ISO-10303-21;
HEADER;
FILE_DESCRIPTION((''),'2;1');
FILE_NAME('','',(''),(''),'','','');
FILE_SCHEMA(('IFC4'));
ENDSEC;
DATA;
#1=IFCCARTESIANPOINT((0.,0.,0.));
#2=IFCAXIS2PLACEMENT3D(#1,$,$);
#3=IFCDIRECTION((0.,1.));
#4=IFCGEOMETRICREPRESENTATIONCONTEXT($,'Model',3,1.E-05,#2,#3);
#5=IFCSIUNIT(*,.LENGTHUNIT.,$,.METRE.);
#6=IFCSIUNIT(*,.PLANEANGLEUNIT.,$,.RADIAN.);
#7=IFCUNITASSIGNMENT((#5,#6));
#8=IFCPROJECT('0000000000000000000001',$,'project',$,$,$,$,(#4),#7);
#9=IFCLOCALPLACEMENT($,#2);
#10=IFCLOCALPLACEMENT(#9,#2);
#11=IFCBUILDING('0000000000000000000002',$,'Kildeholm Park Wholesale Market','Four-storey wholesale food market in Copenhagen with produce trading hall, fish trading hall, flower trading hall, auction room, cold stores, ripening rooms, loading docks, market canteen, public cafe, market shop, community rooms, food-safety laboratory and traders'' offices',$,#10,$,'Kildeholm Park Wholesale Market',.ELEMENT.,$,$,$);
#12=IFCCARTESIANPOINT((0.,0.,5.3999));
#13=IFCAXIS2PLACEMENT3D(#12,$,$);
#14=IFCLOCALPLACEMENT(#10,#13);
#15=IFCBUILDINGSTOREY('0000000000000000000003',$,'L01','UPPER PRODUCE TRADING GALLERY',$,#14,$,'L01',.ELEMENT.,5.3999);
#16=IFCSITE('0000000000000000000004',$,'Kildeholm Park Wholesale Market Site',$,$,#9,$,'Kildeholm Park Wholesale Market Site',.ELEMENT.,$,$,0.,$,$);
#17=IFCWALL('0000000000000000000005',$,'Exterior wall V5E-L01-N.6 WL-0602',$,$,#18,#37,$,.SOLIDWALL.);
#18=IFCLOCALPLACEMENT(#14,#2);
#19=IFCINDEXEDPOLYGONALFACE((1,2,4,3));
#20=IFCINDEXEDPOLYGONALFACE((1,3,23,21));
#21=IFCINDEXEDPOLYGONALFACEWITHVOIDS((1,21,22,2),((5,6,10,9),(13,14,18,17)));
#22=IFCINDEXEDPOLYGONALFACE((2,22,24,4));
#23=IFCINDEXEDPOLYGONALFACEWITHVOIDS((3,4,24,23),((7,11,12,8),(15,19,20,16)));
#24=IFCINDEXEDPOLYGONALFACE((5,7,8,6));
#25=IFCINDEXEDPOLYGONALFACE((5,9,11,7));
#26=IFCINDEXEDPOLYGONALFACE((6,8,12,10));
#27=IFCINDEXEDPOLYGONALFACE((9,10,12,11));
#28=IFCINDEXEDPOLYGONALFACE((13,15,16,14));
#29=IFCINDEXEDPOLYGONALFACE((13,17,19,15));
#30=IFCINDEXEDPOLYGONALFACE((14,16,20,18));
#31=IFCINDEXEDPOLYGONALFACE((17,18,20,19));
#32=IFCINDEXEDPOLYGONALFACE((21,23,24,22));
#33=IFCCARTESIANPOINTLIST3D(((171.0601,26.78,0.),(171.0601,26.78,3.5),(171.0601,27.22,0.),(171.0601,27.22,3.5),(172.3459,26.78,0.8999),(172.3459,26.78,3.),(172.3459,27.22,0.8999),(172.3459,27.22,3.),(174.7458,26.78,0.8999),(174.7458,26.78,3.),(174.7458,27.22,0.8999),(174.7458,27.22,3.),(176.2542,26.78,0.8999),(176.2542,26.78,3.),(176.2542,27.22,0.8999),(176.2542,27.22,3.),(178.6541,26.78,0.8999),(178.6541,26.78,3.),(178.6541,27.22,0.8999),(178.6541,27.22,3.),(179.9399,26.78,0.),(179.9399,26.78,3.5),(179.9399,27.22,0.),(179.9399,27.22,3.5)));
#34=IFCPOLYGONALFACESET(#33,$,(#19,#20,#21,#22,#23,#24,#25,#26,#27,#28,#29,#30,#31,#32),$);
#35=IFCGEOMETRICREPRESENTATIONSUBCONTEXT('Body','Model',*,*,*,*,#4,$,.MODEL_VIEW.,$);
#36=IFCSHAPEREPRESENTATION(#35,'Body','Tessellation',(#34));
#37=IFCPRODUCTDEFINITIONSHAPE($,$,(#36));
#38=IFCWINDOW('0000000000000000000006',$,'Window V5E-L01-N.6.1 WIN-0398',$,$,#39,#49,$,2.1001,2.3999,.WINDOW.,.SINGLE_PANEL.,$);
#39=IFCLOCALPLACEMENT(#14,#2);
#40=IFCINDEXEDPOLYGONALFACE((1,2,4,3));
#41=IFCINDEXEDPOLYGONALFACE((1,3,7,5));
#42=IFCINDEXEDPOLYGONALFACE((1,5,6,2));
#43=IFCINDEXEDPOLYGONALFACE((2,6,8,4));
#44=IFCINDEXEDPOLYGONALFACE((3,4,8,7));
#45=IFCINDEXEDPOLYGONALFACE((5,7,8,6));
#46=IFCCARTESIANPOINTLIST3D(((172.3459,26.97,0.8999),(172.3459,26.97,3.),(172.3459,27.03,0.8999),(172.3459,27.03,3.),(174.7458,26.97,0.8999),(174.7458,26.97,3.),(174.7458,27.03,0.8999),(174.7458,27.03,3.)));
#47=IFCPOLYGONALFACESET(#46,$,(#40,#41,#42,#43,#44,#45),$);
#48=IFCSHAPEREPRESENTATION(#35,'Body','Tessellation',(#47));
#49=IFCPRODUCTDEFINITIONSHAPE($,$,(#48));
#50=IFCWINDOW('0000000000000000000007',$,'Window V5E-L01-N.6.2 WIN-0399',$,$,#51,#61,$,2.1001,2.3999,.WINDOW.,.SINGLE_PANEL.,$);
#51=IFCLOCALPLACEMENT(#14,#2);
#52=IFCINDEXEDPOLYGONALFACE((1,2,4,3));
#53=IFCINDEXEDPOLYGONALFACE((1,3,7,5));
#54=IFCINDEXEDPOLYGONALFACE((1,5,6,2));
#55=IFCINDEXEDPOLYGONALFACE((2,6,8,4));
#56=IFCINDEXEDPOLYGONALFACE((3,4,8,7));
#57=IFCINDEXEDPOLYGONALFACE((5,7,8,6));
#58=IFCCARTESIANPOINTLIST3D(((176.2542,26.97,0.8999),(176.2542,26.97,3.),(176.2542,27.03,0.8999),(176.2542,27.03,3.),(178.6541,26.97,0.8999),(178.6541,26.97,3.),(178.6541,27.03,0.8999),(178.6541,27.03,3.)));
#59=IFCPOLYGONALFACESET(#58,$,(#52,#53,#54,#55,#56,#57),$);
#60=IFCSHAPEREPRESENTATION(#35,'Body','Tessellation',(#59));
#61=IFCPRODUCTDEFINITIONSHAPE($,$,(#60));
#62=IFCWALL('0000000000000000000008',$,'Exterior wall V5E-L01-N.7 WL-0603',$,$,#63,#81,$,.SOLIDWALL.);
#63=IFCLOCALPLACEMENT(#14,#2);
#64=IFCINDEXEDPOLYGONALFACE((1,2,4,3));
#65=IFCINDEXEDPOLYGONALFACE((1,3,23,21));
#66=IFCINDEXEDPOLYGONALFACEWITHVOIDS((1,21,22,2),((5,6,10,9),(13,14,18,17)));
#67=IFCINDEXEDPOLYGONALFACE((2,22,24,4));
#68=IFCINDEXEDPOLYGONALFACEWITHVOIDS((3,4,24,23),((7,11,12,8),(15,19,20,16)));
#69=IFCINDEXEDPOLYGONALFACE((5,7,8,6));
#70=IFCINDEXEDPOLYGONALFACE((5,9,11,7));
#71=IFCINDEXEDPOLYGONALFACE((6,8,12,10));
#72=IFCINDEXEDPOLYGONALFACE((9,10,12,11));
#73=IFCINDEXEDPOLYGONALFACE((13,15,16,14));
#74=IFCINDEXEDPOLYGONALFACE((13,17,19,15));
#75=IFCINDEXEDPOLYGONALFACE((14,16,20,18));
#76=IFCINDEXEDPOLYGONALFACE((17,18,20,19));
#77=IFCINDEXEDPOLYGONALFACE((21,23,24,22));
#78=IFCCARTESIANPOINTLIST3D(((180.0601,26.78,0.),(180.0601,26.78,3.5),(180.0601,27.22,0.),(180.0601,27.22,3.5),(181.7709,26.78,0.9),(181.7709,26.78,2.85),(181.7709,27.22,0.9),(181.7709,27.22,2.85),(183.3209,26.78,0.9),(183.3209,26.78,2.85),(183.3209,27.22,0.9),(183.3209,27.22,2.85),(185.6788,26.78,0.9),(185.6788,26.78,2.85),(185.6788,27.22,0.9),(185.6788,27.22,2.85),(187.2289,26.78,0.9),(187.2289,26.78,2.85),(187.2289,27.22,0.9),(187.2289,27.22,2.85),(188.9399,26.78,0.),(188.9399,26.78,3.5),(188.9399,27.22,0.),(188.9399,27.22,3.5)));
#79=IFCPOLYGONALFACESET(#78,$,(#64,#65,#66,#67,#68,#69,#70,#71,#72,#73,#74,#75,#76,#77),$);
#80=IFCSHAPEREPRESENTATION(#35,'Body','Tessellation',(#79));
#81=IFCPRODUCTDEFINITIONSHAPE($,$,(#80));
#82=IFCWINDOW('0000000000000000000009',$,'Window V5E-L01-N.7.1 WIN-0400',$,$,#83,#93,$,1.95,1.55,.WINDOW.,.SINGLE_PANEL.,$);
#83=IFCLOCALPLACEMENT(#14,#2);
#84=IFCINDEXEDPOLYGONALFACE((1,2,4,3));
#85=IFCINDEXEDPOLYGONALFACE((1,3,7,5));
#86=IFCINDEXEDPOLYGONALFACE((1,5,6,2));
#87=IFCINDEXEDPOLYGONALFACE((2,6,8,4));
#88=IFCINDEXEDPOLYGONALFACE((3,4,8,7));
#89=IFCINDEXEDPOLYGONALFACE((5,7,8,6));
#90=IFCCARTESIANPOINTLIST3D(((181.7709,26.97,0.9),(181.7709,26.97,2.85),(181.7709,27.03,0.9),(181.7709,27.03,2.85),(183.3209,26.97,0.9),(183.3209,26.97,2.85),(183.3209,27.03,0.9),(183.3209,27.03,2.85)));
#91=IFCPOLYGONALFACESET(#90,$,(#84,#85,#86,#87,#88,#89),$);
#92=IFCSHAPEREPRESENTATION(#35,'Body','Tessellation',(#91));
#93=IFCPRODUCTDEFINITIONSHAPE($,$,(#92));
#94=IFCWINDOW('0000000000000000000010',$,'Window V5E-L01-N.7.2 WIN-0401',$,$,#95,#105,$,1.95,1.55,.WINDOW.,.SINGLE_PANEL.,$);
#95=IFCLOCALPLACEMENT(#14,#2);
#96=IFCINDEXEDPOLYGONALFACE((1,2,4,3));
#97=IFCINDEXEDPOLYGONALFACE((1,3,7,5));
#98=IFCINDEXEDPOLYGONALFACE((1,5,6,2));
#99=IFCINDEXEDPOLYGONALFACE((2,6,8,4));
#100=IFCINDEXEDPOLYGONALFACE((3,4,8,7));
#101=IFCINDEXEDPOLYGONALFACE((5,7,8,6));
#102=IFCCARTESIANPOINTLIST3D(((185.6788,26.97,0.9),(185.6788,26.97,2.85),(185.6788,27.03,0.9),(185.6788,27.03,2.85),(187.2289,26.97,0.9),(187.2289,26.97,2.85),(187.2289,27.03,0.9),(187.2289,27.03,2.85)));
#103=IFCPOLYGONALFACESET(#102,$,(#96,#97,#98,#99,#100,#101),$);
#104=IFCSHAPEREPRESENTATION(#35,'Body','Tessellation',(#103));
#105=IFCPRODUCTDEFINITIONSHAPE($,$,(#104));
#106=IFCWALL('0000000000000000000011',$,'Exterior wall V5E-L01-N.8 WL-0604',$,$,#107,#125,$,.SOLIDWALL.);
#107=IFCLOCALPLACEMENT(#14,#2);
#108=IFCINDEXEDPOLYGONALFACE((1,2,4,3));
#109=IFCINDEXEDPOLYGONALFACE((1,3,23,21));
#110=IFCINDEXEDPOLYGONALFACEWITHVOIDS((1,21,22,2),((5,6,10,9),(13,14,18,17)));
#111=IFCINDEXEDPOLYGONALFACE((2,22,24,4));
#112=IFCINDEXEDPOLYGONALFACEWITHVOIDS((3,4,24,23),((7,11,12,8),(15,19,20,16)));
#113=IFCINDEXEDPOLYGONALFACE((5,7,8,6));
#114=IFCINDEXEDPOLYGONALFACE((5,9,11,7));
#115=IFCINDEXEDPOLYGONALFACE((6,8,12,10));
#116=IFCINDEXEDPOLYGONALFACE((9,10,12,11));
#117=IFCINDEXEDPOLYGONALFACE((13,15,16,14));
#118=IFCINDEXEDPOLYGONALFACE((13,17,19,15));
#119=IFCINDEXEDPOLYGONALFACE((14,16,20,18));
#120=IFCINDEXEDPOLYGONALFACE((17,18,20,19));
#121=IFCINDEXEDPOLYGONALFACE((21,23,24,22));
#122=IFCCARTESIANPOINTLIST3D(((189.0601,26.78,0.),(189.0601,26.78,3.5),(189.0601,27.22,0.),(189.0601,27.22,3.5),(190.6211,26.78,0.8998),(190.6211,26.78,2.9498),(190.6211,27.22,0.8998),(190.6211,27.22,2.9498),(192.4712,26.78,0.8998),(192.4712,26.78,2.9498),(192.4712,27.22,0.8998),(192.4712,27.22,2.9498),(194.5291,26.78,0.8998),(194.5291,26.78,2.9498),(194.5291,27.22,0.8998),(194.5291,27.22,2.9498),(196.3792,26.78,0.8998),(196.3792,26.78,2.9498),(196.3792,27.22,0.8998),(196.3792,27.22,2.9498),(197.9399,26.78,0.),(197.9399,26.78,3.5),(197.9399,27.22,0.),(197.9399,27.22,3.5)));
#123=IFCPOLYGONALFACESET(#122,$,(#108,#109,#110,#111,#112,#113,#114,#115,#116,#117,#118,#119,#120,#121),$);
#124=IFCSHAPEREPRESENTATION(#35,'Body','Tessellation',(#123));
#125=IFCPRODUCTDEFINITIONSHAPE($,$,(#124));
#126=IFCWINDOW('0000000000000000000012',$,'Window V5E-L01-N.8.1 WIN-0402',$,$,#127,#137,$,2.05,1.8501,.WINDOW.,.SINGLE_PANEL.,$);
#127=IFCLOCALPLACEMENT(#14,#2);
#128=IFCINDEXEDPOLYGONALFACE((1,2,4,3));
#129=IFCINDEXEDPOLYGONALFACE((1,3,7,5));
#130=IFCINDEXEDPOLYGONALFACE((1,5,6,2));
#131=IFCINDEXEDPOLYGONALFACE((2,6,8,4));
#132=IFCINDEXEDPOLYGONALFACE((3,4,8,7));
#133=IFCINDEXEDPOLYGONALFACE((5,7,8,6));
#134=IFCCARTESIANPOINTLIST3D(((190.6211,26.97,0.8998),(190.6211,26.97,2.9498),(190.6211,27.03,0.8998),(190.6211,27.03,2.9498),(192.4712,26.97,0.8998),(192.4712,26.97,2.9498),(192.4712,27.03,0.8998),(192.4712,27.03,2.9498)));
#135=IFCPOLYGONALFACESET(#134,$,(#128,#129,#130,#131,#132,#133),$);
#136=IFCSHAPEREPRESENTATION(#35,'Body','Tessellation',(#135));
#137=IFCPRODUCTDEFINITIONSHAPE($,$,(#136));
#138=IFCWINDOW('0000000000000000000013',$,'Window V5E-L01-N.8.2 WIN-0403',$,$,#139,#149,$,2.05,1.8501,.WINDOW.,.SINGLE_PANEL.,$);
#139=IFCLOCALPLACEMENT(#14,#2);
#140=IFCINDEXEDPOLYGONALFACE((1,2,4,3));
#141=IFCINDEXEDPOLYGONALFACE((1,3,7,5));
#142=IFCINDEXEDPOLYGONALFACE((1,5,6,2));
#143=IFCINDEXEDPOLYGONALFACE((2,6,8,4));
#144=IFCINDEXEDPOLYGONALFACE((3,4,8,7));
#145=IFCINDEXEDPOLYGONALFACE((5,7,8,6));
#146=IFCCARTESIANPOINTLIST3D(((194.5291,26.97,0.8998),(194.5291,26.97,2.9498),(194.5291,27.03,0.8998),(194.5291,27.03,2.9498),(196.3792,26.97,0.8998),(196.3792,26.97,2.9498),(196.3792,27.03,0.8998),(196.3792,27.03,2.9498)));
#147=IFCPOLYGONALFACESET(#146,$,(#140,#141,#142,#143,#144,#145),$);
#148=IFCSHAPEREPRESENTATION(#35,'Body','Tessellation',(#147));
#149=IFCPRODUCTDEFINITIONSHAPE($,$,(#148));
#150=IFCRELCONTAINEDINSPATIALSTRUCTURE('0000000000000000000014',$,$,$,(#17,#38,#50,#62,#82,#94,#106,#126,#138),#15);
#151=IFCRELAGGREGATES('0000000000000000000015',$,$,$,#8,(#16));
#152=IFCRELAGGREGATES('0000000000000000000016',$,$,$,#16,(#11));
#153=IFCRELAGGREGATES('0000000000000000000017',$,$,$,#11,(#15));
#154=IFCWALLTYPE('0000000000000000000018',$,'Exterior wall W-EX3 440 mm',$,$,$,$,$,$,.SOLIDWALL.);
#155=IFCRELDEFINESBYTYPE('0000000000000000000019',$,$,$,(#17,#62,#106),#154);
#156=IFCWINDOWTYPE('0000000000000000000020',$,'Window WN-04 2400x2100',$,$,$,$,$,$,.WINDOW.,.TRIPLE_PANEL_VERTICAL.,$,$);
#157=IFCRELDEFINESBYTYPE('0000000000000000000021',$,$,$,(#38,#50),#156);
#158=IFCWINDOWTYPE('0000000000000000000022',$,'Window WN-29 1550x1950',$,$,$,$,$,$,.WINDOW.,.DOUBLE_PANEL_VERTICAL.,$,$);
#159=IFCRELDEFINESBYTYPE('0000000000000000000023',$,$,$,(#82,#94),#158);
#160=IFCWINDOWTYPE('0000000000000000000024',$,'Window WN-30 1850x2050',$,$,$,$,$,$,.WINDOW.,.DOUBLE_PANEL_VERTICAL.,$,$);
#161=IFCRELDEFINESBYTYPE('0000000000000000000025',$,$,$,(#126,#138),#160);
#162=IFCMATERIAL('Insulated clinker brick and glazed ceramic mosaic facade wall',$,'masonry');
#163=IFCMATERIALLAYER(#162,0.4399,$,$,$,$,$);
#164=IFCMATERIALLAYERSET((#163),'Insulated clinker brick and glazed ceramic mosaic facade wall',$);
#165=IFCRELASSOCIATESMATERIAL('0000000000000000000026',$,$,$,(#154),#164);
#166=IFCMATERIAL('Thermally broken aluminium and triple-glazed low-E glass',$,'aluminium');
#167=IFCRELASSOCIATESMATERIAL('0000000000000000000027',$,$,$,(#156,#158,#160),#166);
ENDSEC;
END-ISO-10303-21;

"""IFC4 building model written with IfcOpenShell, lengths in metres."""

from ifc_helpers import new_model, si_unit, direction, frame, frame_2d, origin, place, context, subcontext, project, spatial, rectangle, extrude, material, layer, layer_set, type_object, element, fill, save


model = new_model("IFC4")

# Units and contexts
model_context = context("Model", 3, precision=1e-05, world=origin(), true_north=direction((0.0, 1.0)))
body_context = subcontext(model_context, "Body", "Model", "MODEL_VIEW")
ifc_project = project(units=[si_unit("LENGTHUNIT", "METRE"), si_unit("PLANEANGLEUNIT", "RADIAN")], contexts=[model_context])

# Site, building, storey
site_placement = place(None, origin())
site = spatial("IfcSite", under=ifc_project, at=site_placement, Name="Kildeholm Park Wholesale Market Site", LongName="Kildeholm Park Wholesale Market Site", CompositionType="ELEMENT", RefElevation=0.0)
building_placement = place(site_placement, origin())
building = spatial("IfcBuilding", under=site, at=building_placement, Name="Kildeholm Park Wholesale Market", Description="Four-storey wholesale food market in Copenhagen with produce trading hall, fish trading hall, flower trading hall, auction room, cold stores, ripening rooms, loading docks, market canteen, public cafe, market shop, community rooms, food-safety laboratory and traders' offices", LongName="Kildeholm Park Wholesale Market", CompositionType="ELEMENT")
storey_placement = place(building_placement, frame((0.0, 0.0, 5.3999)))
storey = spatial("IfcBuildingStorey", under=building, at=storey_placement, Name="L01", Description="UPPER PRODUCE TRADING GALLERY", LongName="L01", CompositionType="ELEMENT", Elevation=5.3999)

# Walls, openings, windows
ifc_material_1 = material(Name="Insulated clinker brick and glazed ceramic mosaic facade wall", Category="masonry")
ifc_layer_1 = layer(ifc_material_1, 0.4399)
ifc_layer_set_1 = layer_set([ifc_layer_1], Name="Insulated clinker brick and glazed ceramic mosaic facade wall")
wall_type = type_object("IfcWallType", Name="Exterior wall W-EX3 440 mm", PredefinedType="SOLIDWALL", material=ifc_layer_set_1)
wall_1_placement = place(storey_placement, frame((171.0601, 27.0, 0.0), z_axis=(0.0, 0.0, 1.0), x_axis=(1.0, 0.0, 0.0)))
wall_1 = element("IfcWall", 1, at=wall_1_placement, inside=storey, type_object=wall_type, Name="Exterior wall V5E-L01-N.6 WL-0602", PredefinedType="SOLIDWALL", context=body_context, shape_type="SweptSolid", body=[
    extrude(rectangle(XDim=8.8799, YDim=0.4399, at=frame_2d((4.4399, 0.0))), origin(), (0.0, 0.0, 1.0), 3.5),
])
opening_1_placement = place(wall_1_placement, frame((1.2859, 0.0, 0.8999)))
opening_1 = element("IfcOpeningElement", 2, at=opening_1_placement, cuts=wall_1, PredefinedType="OPENING", context=body_context, shape_type="SweptSolid", body=[
    extrude(rectangle(XDim=2.3999, YDim=2.1001, at=frame_2d((1.2, 1.05))), frame((0.0, 0.23, 0.0), z_axis=(0.0, -1.0, 0.0), x_axis=(1.0, 0.0, 0.0)), (0.0, 0.0, 1.0), 0.46),
])
opening_2_placement = place(wall_1_placement, frame((5.1941, 0.0, 0.8999)))
opening_2 = element("IfcOpeningElement", 3, at=opening_2_placement, cuts=wall_1, PredefinedType="OPENING", context=body_context, shape_type="SweptSolid", body=[
    extrude(rectangle(XDim=2.3999, YDim=2.1001, at=frame_2d((1.2, 1.05))), frame((0.0, 0.23, 0.0), z_axis=(0.0, -1.0, 0.0), x_axis=(1.0, 0.0, 0.0)), (0.0, 0.0, 1.0), 0.46),
])
ifc_material_2 = material(Name="Thermally broken aluminium and triple-glazed low-E glass", Category="aluminium")
window_type_1 = type_object("IfcWindowType", Name="Window WN-04 2400x2100", PartitioningType="TRIPLE_PANEL_VERTICAL", PredefinedType="WINDOW", material=ifc_material_2)
window_1_placement = place(opening_1_placement, origin())
window_1 = element("IfcWindow", 4, at=window_1_placement, inside=storey, type_object=window_type_1, Name="Window V5E-L01-N.6.1 WIN-0398", OverallHeight=2.1001, OverallWidth=2.3999, PartitioningType="SINGLE_PANEL", PredefinedType="WINDOW", context=body_context, shape_type="SweptSolid", body=[
    extrude(rectangle(XDim=2.3999, YDim=2.1001, at=frame_2d((1.2, 1.05))), frame((0.0, 0.03, 0.0), z_axis=(0.0, -1.0, 0.0), x_axis=(1.0, 0.0, 0.0)), (0.0, 0.0, 1.0), 0.0601),
])
fill(opening_1, window_1)
window_2_placement = place(opening_2_placement, origin())
window_2 = element("IfcWindow", 5, at=window_2_placement, inside=storey, type_object=window_type_1, Name="Window V5E-L01-N.6.2 WIN-0399", OverallHeight=2.1001, OverallWidth=2.3999, PartitioningType="SINGLE_PANEL", PredefinedType="WINDOW", context=body_context, shape_type="SweptSolid", body=[
    extrude(rectangle(XDim=2.3999, YDim=2.1001, at=frame_2d((1.2, 1.05))), frame((0.0, 0.03, 0.0), z_axis=(0.0, -1.0, 0.0), x_axis=(1.0, 0.0, 0.0)), (0.0, 0.0, 1.0), 0.0601),
])
fill(opening_2, window_2)
wall_2_placement = place(storey_placement, frame((180.0601, 27.0, 0.0), z_axis=(0.0, 0.0, 1.0), x_axis=(1.0, 0.0, 0.0)))
wall_2 = element("IfcWall", 6, at=wall_2_placement, inside=storey, type_object=wall_type, Name="Exterior wall V5E-L01-N.7 WL-0603", PredefinedType="SOLIDWALL", context=body_context, shape_type="SweptSolid", body=[
    extrude(rectangle(XDim=8.8799, YDim=0.4399, at=frame_2d((4.4399, 0.0))), origin(), (0.0, 0.0, 1.0), 3.5),
])
opening_3_placement = place(wall_2_placement, frame((1.7109, 0.0, 0.8999)))
opening_3 = element("IfcOpeningElement", 7, at=opening_3_placement, cuts=wall_2, PredefinedType="OPENING", context=body_context, shape_type="SweptSolid", body=[
    extrude(rectangle(XDim=1.55, YDim=1.95, at=frame_2d((0.7749, 0.9751))), frame((0.0, 0.23, 0.0), z_axis=(0.0, -1.0, 0.0), x_axis=(1.0, 0.0, 0.0)), (0.0, 0.0, 1.0), 0.46),
])
opening_4_placement = place(wall_2_placement, frame((5.6189, 0.0, 0.8999)))
opening_4 = element("IfcOpeningElement", 8, at=opening_4_placement, cuts=wall_2, PredefinedType="OPENING", context=body_context, shape_type="SweptSolid", body=[
    extrude(rectangle(XDim=1.55, YDim=1.95, at=frame_2d((0.7749, 0.9751))), frame((0.0, 0.23, 0.0), z_axis=(0.0, -1.0, 0.0), x_axis=(1.0, 0.0, 0.0)), (0.0, 0.0, 1.0), 0.46),
])
window_type_2 = type_object("IfcWindowType", Name="Window WN-29 1550x1950", PartitioningType="DOUBLE_PANEL_VERTICAL", PredefinedType="WINDOW", material=ifc_material_2)
window_3_placement = place(opening_3_placement, origin())
window_3 = element("IfcWindow", 9, at=window_3_placement, inside=storey, type_object=window_type_2, Name="Window V5E-L01-N.7.1 WIN-0400", OverallHeight=1.95, OverallWidth=1.55, PartitioningType="SINGLE_PANEL", PredefinedType="WINDOW", context=body_context, shape_type="SweptSolid", body=[
    extrude(rectangle(XDim=1.55, YDim=1.95, at=frame_2d((0.7749, 0.9751))), frame((0.0, 0.03, 0.0), z_axis=(0.0, -1.0, 0.0), x_axis=(1.0, 0.0, 0.0)), (0.0, 0.0, 1.0), 0.0601),
])
fill(opening_3, window_3)
window_4_placement = place(opening_4_placement, origin())
window_4 = element("IfcWindow", 10, at=window_4_placement, inside=storey, type_object=window_type_2, Name="Window V5E-L01-N.7.2 WIN-0401", OverallHeight=1.95, OverallWidth=1.55, PartitioningType="SINGLE_PANEL", PredefinedType="WINDOW", context=body_context, shape_type="SweptSolid", body=[
    extrude(rectangle(XDim=1.55, YDim=1.95, at=frame_2d((0.7749, 0.9751))), frame((0.0, 0.03, 0.0), z_axis=(0.0, -1.0, 0.0), x_axis=(1.0, 0.0, 0.0)), (0.0, 0.0, 1.0), 0.0601),
])
fill(opening_4, window_4)
wall_3_placement = place(storey_placement, frame((189.0601, 27.0, 0.0), z_axis=(0.0, 0.0, 1.0), x_axis=(1.0, 0.0, 0.0)))
wall_3 = element("IfcWall", 11, at=wall_3_placement, inside=storey, type_object=wall_type, Name="Exterior wall V5E-L01-N.8 WL-0604", PredefinedType="SOLIDWALL", context=body_context, shape_type="SweptSolid", body=[
    extrude(rectangle(XDim=8.8799, YDim=0.4399, at=frame_2d((4.4399, 0.0))), origin(), (0.0, 0.0, 1.0), 3.5),
])
opening_5_placement = place(wall_3_placement, frame((1.561, 0.0, 0.8999)))
opening_5 = element("IfcOpeningElement", 12, at=opening_5_placement, cuts=wall_3, PredefinedType="OPENING", context=body_context, shape_type="SweptSolid", body=[
    extrude(rectangle(XDim=1.8501, YDim=2.05, at=frame_2d((0.925, 1.0249))), frame((0.0, 0.23, 0.0), z_axis=(0.0, -1.0, 0.0), x_axis=(1.0, 0.0, 0.0)), (0.0, 0.0, 1.0), 0.46),
])
opening_6_placement = place(wall_3_placement, frame((5.469, 0.0, 0.8999)))
opening_6 = element("IfcOpeningElement", 13, at=opening_6_placement, cuts=wall_3, PredefinedType="OPENING", context=body_context, shape_type="SweptSolid", body=[
    extrude(rectangle(XDim=1.8501, YDim=2.05, at=frame_2d((0.925, 1.0249))), frame((0.0, 0.23, 0.0), z_axis=(0.0, -1.0, 0.0), x_axis=(1.0, 0.0, 0.0)), (0.0, 0.0, 1.0), 0.46),
])
window_type_3 = type_object("IfcWindowType", Name="Window WN-30 1850x2050", PartitioningType="DOUBLE_PANEL_VERTICAL", PredefinedType="WINDOW", material=ifc_material_2)
window_5_placement = place(opening_5_placement, origin())
window_5 = element("IfcWindow", 14, at=window_5_placement, inside=storey, type_object=window_type_3, Name="Window V5E-L01-N.8.1 WIN-0402", OverallHeight=2.05, OverallWidth=1.8501, PartitioningType="SINGLE_PANEL", PredefinedType="WINDOW", context=body_context, shape_type="SweptSolid", body=[
    extrude(rectangle(XDim=1.8501, YDim=2.05, at=frame_2d((0.925, 1.0249))), frame((0.0, 0.03, 0.0), z_axis=(0.0, -1.0, 0.0), x_axis=(1.0, 0.0, 0.0)), (0.0, 0.0, 1.0), 0.0601),
])
fill(opening_5, window_5)
window_6_placement = place(opening_6_placement, origin())
window_6 = element("IfcWindow", 15, at=window_6_placement, inside=storey, type_object=window_type_3, Name="Window V5E-L01-N.8.2 WIN-0403", OverallHeight=2.05, OverallWidth=1.8501, PartitioningType="SINGLE_PANEL", PredefinedType="WINDOW", context=body_context, shape_type="SweptSolid", body=[
    extrude(rectangle(XDim=1.8501, YDim=2.05, at=frame_2d((0.925, 1.0249))), frame((0.0, 0.03, 0.0), z_axis=(0.0, -1.0, 0.0), x_axis=(1.0, 0.0, 0.0)), (0.0, 0.0, 1.0), 0.0601),
])
fill(opening_6, window_6)

save(model, "model.ifc")
